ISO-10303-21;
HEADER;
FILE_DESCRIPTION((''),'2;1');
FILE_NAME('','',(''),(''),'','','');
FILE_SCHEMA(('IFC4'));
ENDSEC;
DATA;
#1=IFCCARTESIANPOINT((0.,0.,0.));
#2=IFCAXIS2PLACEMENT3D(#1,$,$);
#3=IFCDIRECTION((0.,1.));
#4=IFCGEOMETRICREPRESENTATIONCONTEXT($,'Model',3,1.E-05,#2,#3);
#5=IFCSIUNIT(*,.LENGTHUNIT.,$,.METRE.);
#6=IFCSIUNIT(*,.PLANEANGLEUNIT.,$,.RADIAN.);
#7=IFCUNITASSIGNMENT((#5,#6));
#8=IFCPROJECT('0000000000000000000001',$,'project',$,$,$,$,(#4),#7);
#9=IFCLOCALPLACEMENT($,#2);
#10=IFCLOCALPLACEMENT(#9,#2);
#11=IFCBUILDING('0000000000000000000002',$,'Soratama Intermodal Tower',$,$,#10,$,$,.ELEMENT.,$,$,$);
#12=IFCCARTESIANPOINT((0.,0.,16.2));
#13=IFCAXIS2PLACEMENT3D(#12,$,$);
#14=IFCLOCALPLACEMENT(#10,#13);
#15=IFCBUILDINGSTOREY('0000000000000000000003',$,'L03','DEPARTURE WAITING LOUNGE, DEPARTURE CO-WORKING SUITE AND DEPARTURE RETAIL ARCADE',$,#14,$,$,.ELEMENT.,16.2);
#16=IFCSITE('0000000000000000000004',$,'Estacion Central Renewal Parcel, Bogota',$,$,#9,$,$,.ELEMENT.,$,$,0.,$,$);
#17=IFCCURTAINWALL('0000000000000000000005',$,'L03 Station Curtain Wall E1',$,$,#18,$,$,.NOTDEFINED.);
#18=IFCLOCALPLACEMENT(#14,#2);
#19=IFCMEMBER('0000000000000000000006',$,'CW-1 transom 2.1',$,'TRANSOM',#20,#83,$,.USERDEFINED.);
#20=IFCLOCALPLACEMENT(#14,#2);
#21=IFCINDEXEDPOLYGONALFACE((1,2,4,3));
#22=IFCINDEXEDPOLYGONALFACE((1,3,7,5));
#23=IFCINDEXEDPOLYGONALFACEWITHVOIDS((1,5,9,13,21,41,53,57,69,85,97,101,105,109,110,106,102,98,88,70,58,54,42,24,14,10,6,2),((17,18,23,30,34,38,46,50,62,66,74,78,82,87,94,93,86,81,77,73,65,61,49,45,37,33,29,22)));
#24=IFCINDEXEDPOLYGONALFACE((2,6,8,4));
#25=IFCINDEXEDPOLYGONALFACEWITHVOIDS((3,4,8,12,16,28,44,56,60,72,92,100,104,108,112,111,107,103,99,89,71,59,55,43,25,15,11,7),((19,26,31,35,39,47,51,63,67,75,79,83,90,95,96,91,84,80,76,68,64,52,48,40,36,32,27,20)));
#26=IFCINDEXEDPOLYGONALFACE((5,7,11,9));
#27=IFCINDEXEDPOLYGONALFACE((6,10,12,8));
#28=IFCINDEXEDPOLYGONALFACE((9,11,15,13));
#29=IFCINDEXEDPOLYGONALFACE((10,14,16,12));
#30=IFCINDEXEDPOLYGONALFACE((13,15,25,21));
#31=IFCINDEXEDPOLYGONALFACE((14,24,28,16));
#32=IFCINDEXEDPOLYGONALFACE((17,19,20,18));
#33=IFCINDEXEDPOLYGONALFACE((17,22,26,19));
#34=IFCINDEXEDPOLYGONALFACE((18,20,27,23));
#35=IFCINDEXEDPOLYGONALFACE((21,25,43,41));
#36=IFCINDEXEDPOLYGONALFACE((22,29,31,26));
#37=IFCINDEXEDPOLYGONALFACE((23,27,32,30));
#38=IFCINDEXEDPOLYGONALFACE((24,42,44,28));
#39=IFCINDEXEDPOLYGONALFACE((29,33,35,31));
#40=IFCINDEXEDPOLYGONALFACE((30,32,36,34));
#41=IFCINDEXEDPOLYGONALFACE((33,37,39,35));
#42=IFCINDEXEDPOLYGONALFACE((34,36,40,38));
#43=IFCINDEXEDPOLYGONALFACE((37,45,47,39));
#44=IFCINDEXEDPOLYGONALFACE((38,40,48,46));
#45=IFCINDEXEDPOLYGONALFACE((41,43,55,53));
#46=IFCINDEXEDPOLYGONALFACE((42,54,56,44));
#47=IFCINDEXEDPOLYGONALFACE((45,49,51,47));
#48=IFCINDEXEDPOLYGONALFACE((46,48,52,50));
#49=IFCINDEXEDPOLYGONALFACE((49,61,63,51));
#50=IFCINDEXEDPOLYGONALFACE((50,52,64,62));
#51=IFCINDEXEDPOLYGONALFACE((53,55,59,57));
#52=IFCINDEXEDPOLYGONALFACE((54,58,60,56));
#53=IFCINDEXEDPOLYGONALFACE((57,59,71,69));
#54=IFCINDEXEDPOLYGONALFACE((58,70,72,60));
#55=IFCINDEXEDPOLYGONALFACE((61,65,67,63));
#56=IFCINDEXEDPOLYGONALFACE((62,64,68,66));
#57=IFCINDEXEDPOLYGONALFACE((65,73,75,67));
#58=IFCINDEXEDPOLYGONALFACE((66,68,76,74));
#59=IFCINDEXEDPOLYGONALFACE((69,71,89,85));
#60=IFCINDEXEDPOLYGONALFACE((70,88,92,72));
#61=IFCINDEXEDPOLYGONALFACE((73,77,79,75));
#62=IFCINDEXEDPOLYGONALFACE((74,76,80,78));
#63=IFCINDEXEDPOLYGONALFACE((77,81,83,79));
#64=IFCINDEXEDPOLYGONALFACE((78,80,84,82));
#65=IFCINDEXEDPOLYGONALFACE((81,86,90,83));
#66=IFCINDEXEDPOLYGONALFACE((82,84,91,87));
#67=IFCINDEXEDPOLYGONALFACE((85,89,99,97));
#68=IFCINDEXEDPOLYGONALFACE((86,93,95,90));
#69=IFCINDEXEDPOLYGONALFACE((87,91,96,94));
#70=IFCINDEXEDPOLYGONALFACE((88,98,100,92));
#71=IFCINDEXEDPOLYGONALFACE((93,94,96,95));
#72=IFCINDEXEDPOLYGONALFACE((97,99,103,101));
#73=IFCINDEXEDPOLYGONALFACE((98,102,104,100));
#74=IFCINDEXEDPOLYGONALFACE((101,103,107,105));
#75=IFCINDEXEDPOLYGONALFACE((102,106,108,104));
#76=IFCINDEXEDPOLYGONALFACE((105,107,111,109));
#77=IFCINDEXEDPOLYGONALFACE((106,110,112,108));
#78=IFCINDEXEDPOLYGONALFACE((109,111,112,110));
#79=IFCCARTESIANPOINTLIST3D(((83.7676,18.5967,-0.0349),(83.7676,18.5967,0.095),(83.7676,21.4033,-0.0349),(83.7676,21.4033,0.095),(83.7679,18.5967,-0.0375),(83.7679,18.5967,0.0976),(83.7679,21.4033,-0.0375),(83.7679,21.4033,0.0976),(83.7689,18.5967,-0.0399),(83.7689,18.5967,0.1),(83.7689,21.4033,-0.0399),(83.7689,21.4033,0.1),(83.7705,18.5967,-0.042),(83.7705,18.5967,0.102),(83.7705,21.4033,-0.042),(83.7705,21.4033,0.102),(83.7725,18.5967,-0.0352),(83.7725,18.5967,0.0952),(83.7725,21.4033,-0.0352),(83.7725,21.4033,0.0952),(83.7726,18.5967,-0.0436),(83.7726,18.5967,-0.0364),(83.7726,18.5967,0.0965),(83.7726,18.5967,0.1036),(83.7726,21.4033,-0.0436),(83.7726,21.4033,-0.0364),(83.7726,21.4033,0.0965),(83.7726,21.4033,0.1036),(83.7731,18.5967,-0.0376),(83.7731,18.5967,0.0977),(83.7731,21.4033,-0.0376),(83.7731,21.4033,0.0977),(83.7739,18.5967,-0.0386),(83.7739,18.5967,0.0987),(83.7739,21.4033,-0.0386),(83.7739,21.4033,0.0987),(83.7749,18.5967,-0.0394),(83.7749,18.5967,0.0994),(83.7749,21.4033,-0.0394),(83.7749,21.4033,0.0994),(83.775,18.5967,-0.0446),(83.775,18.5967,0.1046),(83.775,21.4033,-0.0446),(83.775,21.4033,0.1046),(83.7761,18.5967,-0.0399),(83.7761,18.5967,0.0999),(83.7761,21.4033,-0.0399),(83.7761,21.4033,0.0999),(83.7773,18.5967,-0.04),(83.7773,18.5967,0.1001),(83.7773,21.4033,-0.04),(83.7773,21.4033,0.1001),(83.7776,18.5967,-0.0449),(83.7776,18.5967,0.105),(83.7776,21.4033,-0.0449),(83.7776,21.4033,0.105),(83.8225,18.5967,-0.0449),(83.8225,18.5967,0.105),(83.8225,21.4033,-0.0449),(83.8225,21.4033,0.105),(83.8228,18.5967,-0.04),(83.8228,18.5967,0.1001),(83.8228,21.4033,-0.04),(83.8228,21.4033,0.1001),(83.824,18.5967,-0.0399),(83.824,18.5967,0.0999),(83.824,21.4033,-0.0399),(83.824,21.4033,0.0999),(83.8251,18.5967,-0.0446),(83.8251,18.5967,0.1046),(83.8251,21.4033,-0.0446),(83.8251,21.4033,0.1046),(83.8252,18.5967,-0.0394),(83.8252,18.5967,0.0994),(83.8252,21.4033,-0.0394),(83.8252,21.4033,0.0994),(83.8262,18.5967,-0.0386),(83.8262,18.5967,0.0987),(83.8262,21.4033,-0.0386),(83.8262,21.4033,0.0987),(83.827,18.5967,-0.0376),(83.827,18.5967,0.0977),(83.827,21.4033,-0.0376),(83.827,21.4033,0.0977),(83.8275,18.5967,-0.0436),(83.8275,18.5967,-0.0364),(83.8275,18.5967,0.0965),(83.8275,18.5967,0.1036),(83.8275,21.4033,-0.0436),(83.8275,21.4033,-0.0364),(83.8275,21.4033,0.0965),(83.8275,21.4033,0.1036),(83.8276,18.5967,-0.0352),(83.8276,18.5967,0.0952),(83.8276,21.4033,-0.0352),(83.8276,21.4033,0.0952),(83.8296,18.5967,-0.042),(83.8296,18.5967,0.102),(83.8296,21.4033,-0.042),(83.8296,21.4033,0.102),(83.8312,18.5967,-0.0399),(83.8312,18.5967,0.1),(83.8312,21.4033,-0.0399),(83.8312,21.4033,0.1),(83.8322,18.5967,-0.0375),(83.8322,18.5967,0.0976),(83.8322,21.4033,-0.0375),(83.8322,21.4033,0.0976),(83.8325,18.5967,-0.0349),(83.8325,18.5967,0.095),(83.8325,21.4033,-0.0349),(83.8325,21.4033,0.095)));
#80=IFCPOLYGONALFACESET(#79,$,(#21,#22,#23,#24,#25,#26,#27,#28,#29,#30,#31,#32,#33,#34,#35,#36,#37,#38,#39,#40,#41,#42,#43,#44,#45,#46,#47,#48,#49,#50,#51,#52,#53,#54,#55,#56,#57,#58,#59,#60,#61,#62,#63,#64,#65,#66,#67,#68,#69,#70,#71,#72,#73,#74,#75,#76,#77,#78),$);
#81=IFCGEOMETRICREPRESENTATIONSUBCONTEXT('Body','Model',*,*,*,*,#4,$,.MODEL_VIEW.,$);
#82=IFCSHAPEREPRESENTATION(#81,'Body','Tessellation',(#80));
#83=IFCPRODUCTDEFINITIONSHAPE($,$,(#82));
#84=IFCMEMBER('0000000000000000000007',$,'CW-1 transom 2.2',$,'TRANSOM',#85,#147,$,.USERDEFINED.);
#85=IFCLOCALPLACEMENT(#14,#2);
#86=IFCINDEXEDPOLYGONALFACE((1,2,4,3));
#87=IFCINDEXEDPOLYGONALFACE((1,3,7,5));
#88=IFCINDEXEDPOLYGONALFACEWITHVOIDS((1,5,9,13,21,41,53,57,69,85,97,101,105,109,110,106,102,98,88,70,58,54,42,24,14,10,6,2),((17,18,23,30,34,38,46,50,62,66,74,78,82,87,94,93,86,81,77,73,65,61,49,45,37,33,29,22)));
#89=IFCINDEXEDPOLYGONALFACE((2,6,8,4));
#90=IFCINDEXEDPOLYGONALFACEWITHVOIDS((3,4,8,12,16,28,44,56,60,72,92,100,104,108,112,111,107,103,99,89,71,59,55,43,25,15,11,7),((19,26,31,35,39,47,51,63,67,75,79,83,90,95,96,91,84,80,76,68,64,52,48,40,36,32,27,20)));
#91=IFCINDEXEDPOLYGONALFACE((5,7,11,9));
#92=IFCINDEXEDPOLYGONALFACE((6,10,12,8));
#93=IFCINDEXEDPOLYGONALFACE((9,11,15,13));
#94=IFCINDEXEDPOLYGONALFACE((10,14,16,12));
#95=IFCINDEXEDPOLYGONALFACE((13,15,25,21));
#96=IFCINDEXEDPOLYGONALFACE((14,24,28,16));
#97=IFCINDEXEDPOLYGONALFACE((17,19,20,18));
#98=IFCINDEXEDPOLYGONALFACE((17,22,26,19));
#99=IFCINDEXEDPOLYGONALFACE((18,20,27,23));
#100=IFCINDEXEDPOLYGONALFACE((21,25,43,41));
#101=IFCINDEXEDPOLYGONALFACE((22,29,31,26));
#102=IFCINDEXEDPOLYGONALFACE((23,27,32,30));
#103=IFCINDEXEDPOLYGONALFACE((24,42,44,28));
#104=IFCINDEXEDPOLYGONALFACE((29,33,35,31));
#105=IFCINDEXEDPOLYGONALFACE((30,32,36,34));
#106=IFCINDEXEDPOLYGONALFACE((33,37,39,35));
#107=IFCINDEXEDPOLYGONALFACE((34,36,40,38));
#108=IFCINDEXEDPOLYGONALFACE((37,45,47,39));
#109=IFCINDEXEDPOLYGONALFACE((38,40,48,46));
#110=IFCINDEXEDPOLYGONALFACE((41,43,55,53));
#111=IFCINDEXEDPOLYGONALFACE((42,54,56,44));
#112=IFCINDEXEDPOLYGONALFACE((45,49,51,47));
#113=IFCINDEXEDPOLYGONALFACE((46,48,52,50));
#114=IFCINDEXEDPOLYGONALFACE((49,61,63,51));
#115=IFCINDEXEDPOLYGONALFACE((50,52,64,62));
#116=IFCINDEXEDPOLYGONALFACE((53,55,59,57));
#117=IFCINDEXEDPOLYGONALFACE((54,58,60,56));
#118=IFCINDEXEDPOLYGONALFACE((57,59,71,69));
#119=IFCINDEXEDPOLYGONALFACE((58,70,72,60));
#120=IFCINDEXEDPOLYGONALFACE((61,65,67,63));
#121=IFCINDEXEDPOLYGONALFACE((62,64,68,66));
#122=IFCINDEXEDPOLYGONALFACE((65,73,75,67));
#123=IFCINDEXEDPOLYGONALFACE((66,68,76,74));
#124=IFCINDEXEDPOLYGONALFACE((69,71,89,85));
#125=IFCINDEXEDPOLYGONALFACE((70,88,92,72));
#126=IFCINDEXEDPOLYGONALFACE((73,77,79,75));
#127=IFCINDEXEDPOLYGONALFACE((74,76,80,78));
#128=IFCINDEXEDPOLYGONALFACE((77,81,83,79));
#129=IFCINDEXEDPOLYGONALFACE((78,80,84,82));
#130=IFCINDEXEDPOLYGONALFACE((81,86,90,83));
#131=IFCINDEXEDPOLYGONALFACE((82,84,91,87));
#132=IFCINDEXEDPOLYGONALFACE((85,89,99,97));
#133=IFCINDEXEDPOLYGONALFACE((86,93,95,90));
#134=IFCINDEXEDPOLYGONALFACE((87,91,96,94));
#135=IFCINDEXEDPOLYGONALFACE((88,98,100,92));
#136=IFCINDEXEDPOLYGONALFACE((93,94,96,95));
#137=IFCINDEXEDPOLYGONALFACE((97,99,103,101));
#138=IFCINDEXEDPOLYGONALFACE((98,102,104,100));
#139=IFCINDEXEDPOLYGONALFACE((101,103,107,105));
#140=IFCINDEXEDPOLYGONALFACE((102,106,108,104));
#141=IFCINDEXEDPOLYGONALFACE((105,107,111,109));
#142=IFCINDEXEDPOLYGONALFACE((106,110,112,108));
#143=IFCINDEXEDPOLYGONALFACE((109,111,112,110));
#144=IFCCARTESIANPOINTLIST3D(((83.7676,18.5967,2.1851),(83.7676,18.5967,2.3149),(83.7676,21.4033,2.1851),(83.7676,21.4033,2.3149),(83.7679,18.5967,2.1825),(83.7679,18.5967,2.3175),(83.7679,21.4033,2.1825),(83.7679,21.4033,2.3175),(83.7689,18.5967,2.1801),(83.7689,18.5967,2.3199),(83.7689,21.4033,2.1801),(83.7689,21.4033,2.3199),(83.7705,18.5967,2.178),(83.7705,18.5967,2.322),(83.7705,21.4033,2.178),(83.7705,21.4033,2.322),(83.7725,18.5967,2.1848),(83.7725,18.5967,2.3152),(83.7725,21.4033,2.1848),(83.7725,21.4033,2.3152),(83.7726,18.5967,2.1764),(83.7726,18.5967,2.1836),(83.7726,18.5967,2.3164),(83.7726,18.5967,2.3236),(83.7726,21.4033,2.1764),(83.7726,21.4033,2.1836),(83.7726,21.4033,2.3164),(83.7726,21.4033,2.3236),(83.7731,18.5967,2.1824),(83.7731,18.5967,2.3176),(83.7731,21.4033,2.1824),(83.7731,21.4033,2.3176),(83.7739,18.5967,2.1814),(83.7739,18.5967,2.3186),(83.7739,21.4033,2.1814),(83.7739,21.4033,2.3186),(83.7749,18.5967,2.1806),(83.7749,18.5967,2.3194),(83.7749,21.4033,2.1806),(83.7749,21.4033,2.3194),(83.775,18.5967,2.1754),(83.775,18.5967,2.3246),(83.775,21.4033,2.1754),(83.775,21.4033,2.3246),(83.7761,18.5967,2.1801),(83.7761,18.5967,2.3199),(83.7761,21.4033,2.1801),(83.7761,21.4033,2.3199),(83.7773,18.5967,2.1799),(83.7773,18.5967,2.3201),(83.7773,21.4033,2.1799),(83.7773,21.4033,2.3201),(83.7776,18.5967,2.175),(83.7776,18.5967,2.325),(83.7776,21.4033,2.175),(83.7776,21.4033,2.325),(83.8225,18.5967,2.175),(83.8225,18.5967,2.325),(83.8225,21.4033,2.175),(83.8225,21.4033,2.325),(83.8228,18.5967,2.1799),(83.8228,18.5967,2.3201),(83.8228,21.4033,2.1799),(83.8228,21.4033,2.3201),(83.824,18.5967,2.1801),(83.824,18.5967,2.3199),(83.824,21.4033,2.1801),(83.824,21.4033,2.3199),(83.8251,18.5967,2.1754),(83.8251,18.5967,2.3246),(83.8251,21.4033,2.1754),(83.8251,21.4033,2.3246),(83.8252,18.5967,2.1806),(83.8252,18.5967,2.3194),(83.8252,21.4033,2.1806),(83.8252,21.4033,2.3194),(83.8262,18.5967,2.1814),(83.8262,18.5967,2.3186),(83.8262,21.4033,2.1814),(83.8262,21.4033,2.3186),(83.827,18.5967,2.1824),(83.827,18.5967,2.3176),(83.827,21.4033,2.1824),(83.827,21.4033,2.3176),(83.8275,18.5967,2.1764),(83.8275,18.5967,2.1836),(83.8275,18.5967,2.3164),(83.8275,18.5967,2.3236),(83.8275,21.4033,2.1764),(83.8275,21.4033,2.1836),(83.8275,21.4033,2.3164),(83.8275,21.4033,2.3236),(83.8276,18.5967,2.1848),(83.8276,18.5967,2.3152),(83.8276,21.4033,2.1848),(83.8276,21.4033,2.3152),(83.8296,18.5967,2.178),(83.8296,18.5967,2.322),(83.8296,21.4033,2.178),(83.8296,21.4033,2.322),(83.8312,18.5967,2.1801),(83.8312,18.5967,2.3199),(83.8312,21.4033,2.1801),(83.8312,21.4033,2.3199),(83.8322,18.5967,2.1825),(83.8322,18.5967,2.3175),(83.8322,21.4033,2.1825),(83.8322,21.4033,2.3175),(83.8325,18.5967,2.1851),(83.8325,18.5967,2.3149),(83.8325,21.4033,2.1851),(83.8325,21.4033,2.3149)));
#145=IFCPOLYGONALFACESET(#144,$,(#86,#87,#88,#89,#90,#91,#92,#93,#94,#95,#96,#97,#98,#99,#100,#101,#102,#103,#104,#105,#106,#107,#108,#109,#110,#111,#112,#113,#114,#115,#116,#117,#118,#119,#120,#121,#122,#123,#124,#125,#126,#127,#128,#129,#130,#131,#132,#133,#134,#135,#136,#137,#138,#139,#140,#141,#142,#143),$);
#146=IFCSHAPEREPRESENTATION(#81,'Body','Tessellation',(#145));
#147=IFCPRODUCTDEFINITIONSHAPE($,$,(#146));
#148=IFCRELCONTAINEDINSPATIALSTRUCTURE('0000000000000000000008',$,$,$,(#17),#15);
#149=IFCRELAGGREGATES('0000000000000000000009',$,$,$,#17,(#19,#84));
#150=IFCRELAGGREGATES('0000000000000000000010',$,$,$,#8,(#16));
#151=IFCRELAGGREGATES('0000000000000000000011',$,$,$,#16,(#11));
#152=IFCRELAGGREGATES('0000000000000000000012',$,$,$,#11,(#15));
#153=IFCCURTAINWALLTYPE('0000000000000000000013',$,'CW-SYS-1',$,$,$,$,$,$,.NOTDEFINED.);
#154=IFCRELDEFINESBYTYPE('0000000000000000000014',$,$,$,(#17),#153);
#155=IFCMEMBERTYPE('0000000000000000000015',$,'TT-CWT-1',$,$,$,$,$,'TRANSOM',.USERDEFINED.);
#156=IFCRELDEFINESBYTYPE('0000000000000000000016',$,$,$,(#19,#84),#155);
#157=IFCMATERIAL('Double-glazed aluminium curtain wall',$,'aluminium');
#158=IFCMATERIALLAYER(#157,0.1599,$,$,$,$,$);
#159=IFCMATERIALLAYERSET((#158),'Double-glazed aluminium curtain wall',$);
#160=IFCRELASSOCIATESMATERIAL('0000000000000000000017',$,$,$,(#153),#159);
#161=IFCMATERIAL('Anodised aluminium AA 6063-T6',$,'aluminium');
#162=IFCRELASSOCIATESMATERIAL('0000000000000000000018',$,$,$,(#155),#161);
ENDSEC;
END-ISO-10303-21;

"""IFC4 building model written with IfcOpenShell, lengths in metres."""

from ifc_helpers import new_model, si_unit, direction, frame, origin, origin_2d, place, context, subcontext, project, spatial, hollow_rectangle, extrude, material, layer, layer_set, material_profile, profile_set, type_object, element, aggregate, save


model = new_model("IFC4")

# Units and contexts
model_context = context("Model", 3, precision=1e-05, world=origin(), true_north=direction((0.0, 1.0)))
body_context = subcontext(model_context, "Body", "Model", "MODEL_VIEW")
ifc_project = project(units=[si_unit("LENGTHUNIT", "METRE"), si_unit("PLANEANGLEUNIT", "RADIAN")], contexts=[model_context])

# Site, building, storey
site_placement = place(None, origin())
site = spatial("IfcSite", under=ifc_project, at=site_placement, Name="Estacion Central Renewal Parcel, Bogota", CompositionType="ELEMENT", RefElevation=0.0)
building_placement = place(site_placement, origin())
building = spatial("IfcBuilding", under=site, at=building_placement, Name="Soratama Intermodal Tower", CompositionType="ELEMENT")
storey_placement = place(building_placement, frame((0.0, 0.0, 16.2)))
storey = spatial("IfcBuildingStorey", under=building, at=storey_placement, Name="L03", Description="DEPARTURE WAITING LOUNGE, DEPARTURE CO-WORKING SUITE AND DEPARTURE RETAIL ARCADE", CompositionType="ELEMENT", Elevation=16.2)

# Curtain wall
ifc_material_1 = material(Name="Double-glazed aluminium curtain wall", Category="aluminium")
ifc_layer_1 = layer(ifc_material_1, 0.1599)
ifc_layer_set_1 = layer_set([ifc_layer_1], Name="Double-glazed aluminium curtain wall")
curtain_wall_type = type_object("IfcCurtainWallType", Name="CW-SYS-1", PredefinedType="NOTDEFINED", material=ifc_layer_set_1)
curtain_wall_1_placement = place(storey_placement, origin())
curtain_wall_1 = element("IfcCurtainWall", 1, at=curtain_wall_1_placement, inside=storey, type_object=curtain_wall_type, Name="L03 Station Curtain Wall E1", PredefinedType="NOTDEFINED")

# Members
ifc_material_2 = material(Name="Anodised aluminium AA 6063-T6", Category="aluminium")
ifc_material_profile_1 = material_profile(ifc_material_2, hollow_rectangle(XDim=0.0649, YDim=0.1499, WallThickness=0.0049, InnerFilletRadius=0.0049, OuterFilletRadius=0.01, at=origin_2d()), Name="CWT150X65X5")
ifc_profile_set_1 = profile_set([ifc_material_profile_1], Name="Anodised aluminium AA 6063-T6")
member_type_1 = type_object("IfcMemberType", Name="TT-CWT-1", ElementType="TRANSOM", PredefinedType="USERDEFINED", material=ifc_profile_set_1)
member_1_placement = place(storey_placement, frame((83.8, 18.5967, 0.03), z_axis=(0.0, 1.0, 0.0), x_axis=(-1.0, 0.0, 0.0)))
member_1 = element("IfcMember", 2, at=member_1_placement, type_object=member_type_1, Name="CW-1 transom 2.1", ObjectType="TRANSOM", PredefinedType="USERDEFINED", context=body_context, shape_type="SweptSolid", body=[
    extrude(hollow_rectangle(XDim=0.0649, YDim=0.1499, WallThickness=0.0049, InnerFilletRadius=0.0049, OuterFilletRadius=0.01, at=origin_2d()), origin(), (0.0, 0.0, 1.0), 2.8066),
])
member_2_placement = place(storey_placement, frame((83.8, 18.5967, 2.25), z_axis=(0.0, 1.0, 0.0), x_axis=(-1.0, 0.0, 0.0)))
member_2 = element("IfcMember", 3, at=member_2_placement, type_object=member_type_1, Name="CW-1 transom 2.2", ObjectType="TRANSOM", PredefinedType="USERDEFINED", context=body_context, shape_type="SweptSolid", body=[
    extrude(hollow_rectangle(XDim=0.0649, YDim=0.1499, WallThickness=0.0049, InnerFilletRadius=0.0049, OuterFilletRadius=0.01, at=origin_2d()), origin(), (0.0, 0.0, 1.0), 2.8066),
])

aggregate(curtain_wall_1, [member_1, member_2])

save(model, "model.ifc")
